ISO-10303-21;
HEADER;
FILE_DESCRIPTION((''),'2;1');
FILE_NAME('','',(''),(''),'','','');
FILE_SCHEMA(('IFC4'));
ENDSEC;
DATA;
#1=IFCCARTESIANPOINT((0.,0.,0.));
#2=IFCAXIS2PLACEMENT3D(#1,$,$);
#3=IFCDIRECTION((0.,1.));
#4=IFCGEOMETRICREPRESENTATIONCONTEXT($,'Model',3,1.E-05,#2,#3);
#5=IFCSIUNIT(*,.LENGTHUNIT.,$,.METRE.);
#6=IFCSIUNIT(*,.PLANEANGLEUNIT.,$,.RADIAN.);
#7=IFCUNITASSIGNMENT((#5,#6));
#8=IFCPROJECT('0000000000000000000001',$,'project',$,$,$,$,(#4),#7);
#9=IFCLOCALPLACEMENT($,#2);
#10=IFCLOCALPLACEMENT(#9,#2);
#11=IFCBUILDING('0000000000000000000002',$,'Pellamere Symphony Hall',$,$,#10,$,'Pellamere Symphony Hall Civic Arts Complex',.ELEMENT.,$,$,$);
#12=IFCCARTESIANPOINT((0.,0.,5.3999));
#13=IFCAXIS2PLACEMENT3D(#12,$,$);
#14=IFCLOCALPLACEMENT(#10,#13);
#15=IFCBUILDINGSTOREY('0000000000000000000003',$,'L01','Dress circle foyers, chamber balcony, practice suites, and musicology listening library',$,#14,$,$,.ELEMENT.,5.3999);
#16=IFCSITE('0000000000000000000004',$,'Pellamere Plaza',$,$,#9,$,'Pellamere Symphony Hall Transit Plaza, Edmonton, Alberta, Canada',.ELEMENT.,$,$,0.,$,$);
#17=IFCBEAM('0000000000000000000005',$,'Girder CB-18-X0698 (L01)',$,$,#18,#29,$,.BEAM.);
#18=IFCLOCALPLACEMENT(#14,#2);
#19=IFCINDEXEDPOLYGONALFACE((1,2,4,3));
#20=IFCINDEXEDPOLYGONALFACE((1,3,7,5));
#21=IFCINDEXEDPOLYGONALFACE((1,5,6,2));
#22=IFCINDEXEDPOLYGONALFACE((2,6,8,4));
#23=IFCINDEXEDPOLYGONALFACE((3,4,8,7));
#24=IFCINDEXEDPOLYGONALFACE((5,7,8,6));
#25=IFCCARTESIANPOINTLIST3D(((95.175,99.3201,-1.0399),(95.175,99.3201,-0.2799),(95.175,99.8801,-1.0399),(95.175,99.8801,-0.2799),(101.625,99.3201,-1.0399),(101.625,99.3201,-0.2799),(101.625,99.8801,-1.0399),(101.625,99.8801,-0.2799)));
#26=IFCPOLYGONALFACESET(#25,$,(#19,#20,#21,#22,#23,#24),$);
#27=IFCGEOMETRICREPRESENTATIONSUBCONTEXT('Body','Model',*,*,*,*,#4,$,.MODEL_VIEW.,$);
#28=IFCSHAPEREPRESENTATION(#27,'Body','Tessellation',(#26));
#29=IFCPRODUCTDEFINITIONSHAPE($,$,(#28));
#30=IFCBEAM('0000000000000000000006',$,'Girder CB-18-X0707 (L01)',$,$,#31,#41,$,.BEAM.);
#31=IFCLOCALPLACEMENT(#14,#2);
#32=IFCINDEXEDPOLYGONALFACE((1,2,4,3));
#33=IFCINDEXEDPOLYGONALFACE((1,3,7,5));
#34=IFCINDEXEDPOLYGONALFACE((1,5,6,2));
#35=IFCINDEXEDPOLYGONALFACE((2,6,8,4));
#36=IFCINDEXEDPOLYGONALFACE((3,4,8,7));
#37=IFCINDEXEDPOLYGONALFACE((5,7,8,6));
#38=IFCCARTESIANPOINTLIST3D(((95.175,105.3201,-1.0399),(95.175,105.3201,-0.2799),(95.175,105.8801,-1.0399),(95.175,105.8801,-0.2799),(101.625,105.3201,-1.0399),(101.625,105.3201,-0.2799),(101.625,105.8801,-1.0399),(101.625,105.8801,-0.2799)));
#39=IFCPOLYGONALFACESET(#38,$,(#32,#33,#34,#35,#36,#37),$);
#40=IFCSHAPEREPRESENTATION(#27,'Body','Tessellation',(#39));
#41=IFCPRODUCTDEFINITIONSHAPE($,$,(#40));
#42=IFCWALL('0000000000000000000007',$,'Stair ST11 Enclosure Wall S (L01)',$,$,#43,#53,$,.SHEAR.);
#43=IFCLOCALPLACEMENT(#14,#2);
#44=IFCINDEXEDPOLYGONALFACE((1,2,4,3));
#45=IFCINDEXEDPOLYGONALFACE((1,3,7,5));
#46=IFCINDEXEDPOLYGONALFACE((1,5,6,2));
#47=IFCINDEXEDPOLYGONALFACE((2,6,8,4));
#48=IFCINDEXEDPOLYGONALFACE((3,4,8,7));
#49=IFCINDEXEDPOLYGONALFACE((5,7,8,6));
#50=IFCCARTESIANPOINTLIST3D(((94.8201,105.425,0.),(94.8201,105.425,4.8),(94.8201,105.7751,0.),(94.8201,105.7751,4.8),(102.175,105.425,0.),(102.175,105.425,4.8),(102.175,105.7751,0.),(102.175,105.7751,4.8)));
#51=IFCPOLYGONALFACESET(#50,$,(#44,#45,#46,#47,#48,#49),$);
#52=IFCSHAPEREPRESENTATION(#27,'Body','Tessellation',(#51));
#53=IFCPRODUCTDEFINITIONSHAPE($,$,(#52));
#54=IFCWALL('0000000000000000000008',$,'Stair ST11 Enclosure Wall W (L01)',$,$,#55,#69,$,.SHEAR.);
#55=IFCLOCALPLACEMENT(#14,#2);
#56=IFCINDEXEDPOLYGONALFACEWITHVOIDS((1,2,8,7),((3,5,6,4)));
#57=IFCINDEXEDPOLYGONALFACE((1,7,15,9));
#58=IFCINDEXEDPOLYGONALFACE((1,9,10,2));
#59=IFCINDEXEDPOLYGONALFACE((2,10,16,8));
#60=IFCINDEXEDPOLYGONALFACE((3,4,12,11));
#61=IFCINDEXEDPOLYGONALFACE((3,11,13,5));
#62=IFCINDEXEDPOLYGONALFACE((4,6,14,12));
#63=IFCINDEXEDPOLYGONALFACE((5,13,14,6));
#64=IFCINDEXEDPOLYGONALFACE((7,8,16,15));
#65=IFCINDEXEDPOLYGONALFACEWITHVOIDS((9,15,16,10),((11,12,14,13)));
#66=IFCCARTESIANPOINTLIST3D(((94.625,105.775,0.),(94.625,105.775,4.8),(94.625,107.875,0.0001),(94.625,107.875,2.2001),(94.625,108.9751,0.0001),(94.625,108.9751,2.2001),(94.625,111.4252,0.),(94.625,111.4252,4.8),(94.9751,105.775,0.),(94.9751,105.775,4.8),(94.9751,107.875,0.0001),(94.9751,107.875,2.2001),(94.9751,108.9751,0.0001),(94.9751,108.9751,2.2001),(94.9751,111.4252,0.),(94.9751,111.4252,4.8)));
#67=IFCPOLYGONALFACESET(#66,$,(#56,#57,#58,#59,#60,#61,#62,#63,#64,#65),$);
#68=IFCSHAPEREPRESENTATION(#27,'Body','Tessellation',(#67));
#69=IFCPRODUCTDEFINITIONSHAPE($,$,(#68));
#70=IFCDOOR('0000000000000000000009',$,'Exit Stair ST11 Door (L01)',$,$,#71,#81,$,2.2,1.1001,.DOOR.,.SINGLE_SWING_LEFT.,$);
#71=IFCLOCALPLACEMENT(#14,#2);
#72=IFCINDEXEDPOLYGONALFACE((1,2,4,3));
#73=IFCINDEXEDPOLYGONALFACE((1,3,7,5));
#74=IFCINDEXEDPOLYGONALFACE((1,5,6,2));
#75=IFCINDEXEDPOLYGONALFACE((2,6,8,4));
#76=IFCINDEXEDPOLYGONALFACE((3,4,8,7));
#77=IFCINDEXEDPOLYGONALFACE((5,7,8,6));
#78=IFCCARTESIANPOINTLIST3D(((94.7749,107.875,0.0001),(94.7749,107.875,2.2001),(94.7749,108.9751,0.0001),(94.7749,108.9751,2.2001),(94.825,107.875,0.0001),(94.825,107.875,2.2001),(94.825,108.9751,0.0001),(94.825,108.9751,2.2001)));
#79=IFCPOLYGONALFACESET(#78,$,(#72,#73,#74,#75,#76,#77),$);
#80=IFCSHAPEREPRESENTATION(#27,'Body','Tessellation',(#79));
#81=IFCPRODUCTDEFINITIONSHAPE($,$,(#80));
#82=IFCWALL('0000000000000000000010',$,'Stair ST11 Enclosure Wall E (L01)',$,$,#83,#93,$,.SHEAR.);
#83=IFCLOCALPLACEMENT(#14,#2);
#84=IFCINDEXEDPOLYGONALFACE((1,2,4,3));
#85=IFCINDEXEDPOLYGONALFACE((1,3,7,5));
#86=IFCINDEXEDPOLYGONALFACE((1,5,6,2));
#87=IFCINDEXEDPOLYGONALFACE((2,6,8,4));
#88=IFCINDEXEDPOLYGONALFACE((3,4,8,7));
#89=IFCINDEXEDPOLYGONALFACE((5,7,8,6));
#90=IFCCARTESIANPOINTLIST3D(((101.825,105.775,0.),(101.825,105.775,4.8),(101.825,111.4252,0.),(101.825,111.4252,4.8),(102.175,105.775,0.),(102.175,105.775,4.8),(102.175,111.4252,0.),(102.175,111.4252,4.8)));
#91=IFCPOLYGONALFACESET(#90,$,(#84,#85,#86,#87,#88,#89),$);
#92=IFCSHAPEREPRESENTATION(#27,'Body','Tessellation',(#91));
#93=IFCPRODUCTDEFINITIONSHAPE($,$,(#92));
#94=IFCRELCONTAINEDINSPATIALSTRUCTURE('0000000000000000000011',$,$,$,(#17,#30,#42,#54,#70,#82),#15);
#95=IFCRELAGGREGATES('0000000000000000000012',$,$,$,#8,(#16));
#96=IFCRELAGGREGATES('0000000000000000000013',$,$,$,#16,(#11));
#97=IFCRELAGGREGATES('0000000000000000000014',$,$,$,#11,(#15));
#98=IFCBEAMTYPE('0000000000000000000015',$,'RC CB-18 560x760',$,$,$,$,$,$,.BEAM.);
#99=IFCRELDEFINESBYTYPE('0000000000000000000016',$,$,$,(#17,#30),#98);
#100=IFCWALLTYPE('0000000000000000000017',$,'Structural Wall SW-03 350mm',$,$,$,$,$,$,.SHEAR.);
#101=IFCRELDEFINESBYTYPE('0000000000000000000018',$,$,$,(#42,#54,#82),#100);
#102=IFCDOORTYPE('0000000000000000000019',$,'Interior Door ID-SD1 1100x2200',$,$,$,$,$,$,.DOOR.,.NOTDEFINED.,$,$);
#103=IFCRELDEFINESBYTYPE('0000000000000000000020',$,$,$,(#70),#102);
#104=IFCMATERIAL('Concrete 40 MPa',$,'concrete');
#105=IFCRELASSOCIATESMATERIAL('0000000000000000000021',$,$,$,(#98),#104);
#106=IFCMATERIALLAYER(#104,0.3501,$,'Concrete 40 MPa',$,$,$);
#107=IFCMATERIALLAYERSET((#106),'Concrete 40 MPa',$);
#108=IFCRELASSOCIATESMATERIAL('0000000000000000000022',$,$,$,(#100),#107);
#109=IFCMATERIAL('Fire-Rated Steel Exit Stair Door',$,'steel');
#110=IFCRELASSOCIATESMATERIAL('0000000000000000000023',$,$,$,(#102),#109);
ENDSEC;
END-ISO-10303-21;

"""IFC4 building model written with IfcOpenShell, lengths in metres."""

from ifc_helpers import new_model, si_unit, direction, frame, frame_2d, origin, origin_2d, place, context, subcontext, project, spatial, rectangle, extrude, material, layer, layer_set, material_profile, profile_set, type_object, element, fill, save


model = new_model("IFC4")

# Units and contexts
model_context = context("Model", 3, precision=1e-05, world=origin(), true_north=direction((0.0, 1.0)))
body_context = subcontext(model_context, "Body", "Model", "MODEL_VIEW")
ifc_project = project(units=[si_unit("LENGTHUNIT", "METRE"), si_unit("PLANEANGLEUNIT", "RADIAN")], contexts=[model_context])

# Site, building, storey
site_placement = place(None, origin())
site = spatial("IfcSite", under=ifc_project, at=site_placement, Name="Pellamere Plaza", LongName="Pellamere Symphony Hall Transit Plaza, Edmonton, Alberta, Canada", CompositionType="ELEMENT", RefElevation=0.0)
building_placement = place(site_placement, origin())
building = spatial("IfcBuilding", under=site, at=building_placement, Name="Pellamere Symphony Hall", LongName="Pellamere Symphony Hall Civic Arts Complex", CompositionType="ELEMENT")
storey_placement = place(building_placement, frame((0.0, 0.0, 5.3999)))
storey = spatial("IfcBuildingStorey", under=building, at=storey_placement, Name="L01", Description="Dress circle foyers, chamber balcony, practice suites, and musicology listening library", CompositionType="ELEMENT", Elevation=5.3999)

# Shared definitions
ifc_material_1 = material(Name="Concrete 40 MPa", Category="concrete")

# Beams
ifc_material_profile_1 = material_profile(ifc_material_1, rectangle(XDim=0.5601, YDim=0.76, at=origin_2d()), Name="RC 560x760")
ifc_profile_set_1 = profile_set([ifc_material_profile_1], Name="Concrete 40 MPa")
beam_type_1 = type_object("IfcBeamType", Name="RC CB-18 560x760", PredefinedType="BEAM", material=ifc_profile_set_1)
for number, where, z_axis, x_axis, name in (
    (1, (95.175, 99.6001, -0.6599), (1.0, 0.0, 0.0), (0.0, 1.0, 0.0), "Girder CB-18-X0698 (L01)"),
    (2, (95.175, 105.6001, -0.6599), (1.0, 0.0, 0.0), (0.0, 1.0, 0.0), "Girder CB-18-X0707 (L01)"),
):
    element("IfcBeam", number, at=place(storey_placement, frame(where, z_axis=z_axis, x_axis=x_axis)), inside=storey, type_object=beam_type_1, Name=name, PredefinedType="BEAM", context=body_context, shape_type="SweptSolid", body=[
        extrude(rectangle(XDim=0.5601, YDim=0.76, at=origin_2d()), origin(), (0.0, 0.0, 1.0), 6.45),
    ])

# Wall
ifc_layer = layer(ifc_material_1, 0.3501, Name="Concrete 40 MPa")
ifc_layer_set = layer_set([ifc_layer], Name="Concrete 40 MPa")
wall_type = type_object("IfcWallType", Name="Structural Wall SW-03 350mm", PredefinedType="SHEAR", material=ifc_layer_set)
wall_1_placement = place(storey_placement, frame((94.8201, 105.6001, 0.0), z_axis=(0.0, 0.0, 1.0), x_axis=(1.0, 0.0, 0.0)))
element("IfcWall", 3, at=wall_1_placement, inside=storey, type_object=wall_type, Name="Stair ST11 Enclosure Wall S (L01)", PredefinedType="SHEAR", context=body_context, shape_type="SweptSolid", body=[
    extrude(rectangle(XDim=7.355, YDim=0.3501, at=frame_2d((3.6775, 0.0))), origin(), (0.0, 0.0, 1.0), 4.8),
])

# Wall, opening, door
wall_2_placement = place(storey_placement, frame((94.8, 105.7749, 0.0), z_axis=(0.0, 0.0, 1.0), x_axis=(0.0, 1.0, 0.0)))
wall_2 = element("IfcWall", 4, at=wall_2_placement, inside=storey, type_object=wall_type, Name="Stair ST11 Enclosure Wall W (L01)", PredefinedType="SHEAR", context=body_context, shape_type="SweptSolid", body=[
    extrude(rectangle(XDim=5.6501, YDim=0.3501, at=frame_2d((2.8252, 0.0))), origin(), (0.0, 0.0, 1.0), 4.8),
])
opening_placement = place(wall_2_placement, frame((2.1001, 0.0, 0.0)))
opening = element("IfcOpeningElement", 5, at=opening_placement, cuts=wall_2, PredefinedType="OPENING", context=body_context, shape_type="SweptSolid", body=[
    extrude(rectangle(XDim=1.1001, YDim=2.2, at=frame_2d((0.55, 1.1001))), frame((0.0, 0.1851, 0.0), z_axis=(0.0, -1.0, 0.0), x_axis=(1.0, 0.0, 0.0)), (0.0, 0.0, 1.0), 0.3701),
])
ifc_material_2 = material(Name="Fire-Rated Steel Exit Stair Door", Category="steel")
door_type = type_object("IfcDoorType", Name="Interior Door ID-SD1 1100x2200", OperationType="NOTDEFINED", PredefinedType="DOOR", material=ifc_material_2)
door_placement = place(opening_placement, frame((1.1001, 0.0, 0.0), z_axis=(0.0, 0.0, 1.0), x_axis=(-1.0, 0.0, 0.0)))
door = element("IfcDoor", 6, at=door_placement, inside=storey, type_object=door_type, Name="Exit Stair ST11 Door (L01)", OperationType="SINGLE_SWING_LEFT", OverallHeight=2.2, OverallWidth=1.1001, PredefinedType="DOOR", context=body_context, shape_type="SweptSolid", body=[
    extrude(rectangle(XDim=1.1001, YDim=2.2, at=frame_2d((0.55, 1.1001))), frame((0.0, 0.0249, 0.0), z_axis=(0.0, -1.0, 0.0), x_axis=(1.0, 0.0, 0.0)), (0.0, 0.0, 1.0), 0.05),
])
fill(opening, door)

# Wall
wall_3_placement = place(storey_placement, frame((102.0, 105.7749, 0.0), z_axis=(0.0, 0.0, 1.0), x_axis=(0.0, 1.0, 0.0)))
element("IfcWall", 7, at=wall_3_placement, inside=storey, type_object=wall_type, Name="Stair ST11 Enclosure Wall E (L01)", PredefinedType="SHEAR", context=body_context, shape_type="SweptSolid", body=[
    extrude(rectangle(XDim=5.6501, YDim=0.3501, at=frame_2d((2.8252, 0.0))), origin(), (0.0, 0.0, 1.0), 4.8),
])

save(model, "model.ifc")
